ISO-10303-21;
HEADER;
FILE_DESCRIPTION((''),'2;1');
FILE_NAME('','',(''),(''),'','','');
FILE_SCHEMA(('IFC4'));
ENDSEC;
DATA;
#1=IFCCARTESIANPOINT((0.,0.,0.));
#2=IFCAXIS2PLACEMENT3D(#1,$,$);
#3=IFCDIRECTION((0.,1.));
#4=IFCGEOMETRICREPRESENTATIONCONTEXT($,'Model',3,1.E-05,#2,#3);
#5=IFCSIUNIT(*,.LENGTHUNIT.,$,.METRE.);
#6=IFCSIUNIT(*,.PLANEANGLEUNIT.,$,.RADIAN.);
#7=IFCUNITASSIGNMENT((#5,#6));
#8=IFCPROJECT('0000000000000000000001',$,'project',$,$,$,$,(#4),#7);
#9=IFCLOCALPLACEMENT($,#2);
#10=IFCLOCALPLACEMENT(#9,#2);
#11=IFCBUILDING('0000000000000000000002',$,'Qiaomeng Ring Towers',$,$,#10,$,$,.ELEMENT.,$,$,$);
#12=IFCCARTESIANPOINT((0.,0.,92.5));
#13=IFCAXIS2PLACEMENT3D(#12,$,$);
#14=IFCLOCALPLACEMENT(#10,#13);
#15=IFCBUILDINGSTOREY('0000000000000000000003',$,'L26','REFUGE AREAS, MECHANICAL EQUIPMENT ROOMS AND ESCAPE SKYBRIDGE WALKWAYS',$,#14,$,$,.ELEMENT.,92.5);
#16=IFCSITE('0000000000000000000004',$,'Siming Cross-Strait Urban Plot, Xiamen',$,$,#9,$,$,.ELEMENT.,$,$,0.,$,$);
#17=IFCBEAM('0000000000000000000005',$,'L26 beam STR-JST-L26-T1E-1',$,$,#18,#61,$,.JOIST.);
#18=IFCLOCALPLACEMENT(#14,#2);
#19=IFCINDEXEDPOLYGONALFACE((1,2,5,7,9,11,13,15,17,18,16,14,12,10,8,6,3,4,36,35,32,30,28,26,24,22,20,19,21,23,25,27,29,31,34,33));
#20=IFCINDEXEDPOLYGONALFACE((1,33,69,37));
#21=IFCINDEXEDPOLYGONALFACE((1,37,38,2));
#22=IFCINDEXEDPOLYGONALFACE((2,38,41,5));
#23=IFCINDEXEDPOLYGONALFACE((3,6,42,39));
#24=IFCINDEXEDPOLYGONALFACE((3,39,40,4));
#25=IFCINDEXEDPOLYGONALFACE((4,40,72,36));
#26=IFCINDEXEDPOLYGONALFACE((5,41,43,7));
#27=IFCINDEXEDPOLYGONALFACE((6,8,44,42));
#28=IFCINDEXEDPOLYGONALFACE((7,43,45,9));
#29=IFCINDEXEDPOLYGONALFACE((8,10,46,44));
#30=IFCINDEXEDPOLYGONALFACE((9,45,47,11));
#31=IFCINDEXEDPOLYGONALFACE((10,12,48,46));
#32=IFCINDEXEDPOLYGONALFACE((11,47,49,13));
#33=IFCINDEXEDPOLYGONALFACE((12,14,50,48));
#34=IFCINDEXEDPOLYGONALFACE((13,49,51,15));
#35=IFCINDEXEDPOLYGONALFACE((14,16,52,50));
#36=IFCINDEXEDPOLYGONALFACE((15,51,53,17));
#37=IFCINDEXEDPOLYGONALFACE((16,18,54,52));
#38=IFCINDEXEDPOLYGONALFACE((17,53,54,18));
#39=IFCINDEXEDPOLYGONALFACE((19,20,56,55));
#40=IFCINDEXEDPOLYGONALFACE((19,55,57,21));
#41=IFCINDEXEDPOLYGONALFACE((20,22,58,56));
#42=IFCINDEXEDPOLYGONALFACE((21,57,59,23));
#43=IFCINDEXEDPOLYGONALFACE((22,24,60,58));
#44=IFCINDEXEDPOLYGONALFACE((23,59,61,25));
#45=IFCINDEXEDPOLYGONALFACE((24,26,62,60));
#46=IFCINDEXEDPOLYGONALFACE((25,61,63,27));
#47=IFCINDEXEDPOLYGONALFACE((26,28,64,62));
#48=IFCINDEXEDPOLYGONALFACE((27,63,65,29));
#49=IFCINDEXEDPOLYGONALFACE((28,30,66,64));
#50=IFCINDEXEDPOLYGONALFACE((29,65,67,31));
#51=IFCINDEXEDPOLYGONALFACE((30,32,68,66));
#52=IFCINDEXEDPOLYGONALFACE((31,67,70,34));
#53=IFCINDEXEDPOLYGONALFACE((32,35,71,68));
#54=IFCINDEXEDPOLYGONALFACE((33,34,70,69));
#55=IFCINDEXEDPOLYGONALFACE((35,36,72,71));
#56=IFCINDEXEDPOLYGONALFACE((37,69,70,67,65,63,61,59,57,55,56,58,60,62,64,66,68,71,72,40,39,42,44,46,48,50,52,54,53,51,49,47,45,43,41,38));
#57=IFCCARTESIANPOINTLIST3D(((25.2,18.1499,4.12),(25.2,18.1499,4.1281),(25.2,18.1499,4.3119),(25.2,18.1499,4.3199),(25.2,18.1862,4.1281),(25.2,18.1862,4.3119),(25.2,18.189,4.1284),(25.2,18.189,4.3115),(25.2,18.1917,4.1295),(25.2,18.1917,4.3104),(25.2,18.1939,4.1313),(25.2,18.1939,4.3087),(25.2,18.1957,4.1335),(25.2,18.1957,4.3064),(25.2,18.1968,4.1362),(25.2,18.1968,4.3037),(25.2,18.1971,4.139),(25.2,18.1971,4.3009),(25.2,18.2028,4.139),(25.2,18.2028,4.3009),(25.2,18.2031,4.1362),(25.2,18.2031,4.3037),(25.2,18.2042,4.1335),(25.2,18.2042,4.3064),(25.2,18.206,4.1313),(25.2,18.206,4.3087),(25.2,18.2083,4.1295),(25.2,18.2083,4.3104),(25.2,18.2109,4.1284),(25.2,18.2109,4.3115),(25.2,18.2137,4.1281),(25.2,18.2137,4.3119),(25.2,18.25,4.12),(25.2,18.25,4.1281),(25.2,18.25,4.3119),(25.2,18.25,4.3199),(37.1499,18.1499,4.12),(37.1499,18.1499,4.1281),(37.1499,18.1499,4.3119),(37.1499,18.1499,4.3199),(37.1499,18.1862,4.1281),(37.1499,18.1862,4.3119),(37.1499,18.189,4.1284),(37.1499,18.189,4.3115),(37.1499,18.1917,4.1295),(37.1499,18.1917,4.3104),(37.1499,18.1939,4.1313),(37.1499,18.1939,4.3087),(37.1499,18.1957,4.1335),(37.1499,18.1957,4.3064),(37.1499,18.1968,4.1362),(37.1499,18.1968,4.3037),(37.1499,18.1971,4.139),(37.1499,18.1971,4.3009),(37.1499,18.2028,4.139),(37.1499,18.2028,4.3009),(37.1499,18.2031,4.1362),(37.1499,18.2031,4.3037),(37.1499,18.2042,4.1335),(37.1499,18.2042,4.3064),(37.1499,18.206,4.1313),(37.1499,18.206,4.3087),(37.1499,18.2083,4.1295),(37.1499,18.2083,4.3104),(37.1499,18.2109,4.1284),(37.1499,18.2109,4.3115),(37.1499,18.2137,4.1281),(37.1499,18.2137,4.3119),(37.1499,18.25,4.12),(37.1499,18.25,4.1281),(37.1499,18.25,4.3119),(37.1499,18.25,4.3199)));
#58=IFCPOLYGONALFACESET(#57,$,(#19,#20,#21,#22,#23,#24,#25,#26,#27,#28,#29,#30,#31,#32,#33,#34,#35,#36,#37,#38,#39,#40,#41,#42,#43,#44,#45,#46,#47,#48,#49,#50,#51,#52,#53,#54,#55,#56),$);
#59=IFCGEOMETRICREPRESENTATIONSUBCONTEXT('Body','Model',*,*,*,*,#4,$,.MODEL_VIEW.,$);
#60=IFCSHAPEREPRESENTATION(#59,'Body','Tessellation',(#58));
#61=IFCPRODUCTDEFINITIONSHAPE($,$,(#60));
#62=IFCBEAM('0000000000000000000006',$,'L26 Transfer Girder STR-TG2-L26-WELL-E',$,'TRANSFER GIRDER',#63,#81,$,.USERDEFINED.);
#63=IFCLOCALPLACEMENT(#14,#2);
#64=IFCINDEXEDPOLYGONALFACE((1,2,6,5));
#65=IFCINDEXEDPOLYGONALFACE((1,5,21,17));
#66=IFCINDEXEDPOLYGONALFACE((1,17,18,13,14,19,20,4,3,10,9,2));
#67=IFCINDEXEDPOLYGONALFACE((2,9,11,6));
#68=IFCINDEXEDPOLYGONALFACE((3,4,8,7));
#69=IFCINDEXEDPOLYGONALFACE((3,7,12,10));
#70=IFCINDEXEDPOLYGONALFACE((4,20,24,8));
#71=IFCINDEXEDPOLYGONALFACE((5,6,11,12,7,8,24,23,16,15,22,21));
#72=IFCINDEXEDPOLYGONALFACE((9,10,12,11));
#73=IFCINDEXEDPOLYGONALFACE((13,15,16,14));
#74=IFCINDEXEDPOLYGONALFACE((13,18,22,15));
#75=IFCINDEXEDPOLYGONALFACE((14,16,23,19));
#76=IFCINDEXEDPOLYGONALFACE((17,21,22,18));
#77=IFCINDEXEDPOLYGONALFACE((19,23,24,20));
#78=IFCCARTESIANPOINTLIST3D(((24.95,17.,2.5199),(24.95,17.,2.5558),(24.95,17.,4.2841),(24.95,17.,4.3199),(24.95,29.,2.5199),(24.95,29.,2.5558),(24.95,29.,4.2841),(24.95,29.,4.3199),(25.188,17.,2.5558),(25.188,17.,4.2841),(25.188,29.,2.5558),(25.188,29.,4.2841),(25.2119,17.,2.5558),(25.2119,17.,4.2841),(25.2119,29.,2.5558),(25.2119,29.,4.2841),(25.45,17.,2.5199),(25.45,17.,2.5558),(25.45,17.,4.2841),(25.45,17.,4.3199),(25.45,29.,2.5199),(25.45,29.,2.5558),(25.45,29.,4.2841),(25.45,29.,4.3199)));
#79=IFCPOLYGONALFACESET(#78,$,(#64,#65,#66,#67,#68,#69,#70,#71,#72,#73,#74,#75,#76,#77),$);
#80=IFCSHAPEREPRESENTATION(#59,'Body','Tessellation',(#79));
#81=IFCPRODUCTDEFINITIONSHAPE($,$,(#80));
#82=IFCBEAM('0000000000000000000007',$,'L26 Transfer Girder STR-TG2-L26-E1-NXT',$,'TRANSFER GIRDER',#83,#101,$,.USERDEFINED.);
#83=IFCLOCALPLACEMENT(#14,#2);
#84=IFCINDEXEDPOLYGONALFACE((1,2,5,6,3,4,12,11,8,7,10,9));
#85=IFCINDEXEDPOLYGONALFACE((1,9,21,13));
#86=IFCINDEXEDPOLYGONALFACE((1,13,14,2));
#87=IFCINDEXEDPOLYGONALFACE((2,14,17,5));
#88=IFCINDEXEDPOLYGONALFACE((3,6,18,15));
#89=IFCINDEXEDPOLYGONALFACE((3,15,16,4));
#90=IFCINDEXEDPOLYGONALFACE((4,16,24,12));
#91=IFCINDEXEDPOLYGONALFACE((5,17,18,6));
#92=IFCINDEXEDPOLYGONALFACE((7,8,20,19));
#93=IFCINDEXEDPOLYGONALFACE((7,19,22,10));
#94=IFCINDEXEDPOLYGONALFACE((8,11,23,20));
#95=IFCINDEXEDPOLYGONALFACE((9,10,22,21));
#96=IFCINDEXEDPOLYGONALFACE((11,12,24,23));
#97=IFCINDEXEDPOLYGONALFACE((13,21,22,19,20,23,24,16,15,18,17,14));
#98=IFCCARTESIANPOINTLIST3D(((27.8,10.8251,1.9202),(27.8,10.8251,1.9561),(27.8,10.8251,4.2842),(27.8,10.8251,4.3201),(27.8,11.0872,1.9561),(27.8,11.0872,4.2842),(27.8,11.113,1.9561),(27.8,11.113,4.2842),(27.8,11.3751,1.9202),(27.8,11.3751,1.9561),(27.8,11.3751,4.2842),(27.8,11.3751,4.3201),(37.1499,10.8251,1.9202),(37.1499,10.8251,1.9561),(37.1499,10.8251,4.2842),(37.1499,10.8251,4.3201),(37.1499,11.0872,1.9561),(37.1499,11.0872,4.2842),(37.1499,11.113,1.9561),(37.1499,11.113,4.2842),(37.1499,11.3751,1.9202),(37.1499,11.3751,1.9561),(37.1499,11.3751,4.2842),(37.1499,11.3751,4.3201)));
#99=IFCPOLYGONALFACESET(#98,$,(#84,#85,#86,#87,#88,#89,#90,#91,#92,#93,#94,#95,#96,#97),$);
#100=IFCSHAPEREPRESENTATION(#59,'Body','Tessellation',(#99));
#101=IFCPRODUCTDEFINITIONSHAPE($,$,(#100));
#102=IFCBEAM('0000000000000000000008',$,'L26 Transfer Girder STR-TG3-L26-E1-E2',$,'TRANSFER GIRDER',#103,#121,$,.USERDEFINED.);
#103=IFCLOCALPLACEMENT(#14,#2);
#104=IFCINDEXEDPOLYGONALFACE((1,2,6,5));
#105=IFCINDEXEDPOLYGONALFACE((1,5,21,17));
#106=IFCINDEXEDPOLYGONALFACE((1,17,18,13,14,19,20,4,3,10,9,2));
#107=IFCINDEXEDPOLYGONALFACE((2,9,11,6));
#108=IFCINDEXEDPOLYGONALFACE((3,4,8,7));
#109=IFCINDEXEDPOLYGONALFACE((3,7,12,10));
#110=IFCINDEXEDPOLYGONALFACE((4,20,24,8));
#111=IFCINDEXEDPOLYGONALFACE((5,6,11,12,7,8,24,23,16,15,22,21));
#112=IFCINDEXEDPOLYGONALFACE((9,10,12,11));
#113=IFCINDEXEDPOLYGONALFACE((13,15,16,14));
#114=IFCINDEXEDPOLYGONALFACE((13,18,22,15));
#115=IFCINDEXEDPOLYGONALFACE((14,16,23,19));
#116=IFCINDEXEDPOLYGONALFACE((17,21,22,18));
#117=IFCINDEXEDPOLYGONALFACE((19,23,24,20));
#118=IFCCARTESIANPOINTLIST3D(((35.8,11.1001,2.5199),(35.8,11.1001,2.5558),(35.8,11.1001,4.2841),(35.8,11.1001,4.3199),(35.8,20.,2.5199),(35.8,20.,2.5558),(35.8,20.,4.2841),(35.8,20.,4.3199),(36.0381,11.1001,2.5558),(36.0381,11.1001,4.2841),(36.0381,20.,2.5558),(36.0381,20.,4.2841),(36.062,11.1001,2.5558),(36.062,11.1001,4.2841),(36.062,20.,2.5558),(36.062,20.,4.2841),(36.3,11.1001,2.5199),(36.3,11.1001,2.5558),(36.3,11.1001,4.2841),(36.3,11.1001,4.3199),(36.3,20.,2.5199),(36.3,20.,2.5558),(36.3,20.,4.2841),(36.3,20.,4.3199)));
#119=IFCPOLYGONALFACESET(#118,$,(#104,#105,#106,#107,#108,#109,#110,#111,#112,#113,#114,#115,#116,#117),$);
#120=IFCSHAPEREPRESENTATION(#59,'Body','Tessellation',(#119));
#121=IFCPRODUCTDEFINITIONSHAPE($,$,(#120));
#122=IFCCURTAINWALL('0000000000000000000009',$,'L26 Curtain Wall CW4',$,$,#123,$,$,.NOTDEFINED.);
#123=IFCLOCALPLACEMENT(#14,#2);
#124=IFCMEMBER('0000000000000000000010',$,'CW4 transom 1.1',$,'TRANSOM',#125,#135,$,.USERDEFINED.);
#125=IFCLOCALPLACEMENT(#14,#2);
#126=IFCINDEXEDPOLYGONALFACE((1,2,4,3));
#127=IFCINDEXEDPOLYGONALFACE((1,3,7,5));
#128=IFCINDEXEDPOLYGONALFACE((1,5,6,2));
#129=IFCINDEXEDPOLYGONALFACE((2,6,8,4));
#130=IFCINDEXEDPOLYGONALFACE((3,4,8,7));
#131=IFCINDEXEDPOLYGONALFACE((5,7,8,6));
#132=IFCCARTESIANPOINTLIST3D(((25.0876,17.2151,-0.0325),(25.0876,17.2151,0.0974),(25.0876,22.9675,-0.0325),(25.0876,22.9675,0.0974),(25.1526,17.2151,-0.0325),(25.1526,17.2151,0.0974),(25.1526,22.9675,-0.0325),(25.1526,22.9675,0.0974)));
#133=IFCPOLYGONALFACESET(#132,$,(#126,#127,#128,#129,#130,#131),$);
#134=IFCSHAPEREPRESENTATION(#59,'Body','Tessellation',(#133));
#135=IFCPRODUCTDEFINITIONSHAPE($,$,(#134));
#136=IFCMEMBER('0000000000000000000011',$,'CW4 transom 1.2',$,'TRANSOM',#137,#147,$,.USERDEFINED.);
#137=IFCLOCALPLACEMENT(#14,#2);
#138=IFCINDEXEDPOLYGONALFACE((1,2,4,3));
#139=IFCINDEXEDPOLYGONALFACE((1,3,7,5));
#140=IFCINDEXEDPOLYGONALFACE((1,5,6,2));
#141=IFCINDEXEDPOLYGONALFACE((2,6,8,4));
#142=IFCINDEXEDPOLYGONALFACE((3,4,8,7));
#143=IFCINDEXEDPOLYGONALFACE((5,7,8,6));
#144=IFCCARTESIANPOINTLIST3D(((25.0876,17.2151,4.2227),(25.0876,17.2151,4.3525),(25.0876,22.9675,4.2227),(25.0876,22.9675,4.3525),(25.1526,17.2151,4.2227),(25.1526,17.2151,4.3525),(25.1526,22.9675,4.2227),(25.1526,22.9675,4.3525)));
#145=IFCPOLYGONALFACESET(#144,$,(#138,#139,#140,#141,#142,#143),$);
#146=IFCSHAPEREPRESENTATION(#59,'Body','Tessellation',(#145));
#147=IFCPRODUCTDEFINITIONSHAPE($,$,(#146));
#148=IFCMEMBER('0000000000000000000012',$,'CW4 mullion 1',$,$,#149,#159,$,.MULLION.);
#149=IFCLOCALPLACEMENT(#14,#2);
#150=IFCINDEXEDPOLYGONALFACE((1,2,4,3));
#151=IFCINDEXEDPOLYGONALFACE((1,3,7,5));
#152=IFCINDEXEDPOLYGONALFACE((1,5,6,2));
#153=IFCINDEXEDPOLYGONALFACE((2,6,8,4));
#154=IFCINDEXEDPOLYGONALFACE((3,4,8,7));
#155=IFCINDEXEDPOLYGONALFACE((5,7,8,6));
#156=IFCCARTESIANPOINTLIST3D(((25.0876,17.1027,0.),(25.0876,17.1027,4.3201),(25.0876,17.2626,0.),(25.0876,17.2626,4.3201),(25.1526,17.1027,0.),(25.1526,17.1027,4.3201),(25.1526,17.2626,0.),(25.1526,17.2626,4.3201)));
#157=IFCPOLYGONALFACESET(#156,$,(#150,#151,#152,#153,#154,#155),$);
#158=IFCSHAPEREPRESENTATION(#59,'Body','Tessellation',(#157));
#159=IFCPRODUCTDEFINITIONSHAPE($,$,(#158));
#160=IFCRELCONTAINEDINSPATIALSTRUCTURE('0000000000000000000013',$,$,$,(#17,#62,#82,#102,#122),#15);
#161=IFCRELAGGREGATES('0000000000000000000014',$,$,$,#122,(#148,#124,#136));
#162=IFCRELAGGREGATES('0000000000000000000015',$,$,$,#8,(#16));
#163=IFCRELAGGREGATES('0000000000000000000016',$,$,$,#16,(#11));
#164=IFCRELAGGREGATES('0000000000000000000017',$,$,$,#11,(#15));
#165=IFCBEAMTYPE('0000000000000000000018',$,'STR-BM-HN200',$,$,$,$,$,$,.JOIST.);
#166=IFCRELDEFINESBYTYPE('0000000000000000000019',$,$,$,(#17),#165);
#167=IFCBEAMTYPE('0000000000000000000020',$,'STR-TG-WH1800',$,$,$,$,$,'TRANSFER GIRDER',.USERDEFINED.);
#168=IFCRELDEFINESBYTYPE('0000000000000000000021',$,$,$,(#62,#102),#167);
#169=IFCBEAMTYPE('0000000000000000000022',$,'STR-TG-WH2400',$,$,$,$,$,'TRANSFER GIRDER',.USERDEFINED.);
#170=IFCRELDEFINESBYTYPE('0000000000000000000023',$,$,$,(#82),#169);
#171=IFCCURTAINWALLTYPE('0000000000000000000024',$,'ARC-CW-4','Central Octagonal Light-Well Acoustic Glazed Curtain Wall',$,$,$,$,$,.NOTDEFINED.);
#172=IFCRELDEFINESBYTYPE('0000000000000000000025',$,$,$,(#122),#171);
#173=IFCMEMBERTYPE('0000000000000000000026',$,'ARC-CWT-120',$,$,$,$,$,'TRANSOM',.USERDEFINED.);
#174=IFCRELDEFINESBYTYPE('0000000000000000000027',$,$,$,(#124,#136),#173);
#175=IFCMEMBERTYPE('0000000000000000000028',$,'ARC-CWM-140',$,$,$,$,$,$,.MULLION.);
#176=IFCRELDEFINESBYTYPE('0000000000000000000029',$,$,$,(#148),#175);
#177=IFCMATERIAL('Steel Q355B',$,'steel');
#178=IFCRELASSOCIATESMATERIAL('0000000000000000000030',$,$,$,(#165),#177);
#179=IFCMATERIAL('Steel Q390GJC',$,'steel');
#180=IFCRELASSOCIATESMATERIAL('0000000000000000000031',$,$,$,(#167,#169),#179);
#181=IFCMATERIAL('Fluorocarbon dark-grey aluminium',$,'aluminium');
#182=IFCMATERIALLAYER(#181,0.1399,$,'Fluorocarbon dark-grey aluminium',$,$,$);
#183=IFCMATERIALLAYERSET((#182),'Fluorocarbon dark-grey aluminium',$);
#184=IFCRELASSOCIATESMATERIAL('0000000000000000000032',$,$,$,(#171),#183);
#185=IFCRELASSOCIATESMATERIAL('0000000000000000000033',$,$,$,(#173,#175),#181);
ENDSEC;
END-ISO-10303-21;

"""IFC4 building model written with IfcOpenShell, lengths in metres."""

from ifc_helpers import new_model, si_unit, direction, frame, origin, origin_2d, place, context, subcontext, project, spatial, rectangle, i_section, extrude, source, transform, mapped, material, layer, layer_set, material_profile, profile_set, type_object, element, aggregate, save


model = new_model("IFC4")

# Units and contexts
model_context = context("Model", 3, precision=1e-05, world=origin(), true_north=direction((0.0, 1.0)))
body_context = subcontext(model_context, "Body", "Model", "MODEL_VIEW")
ifc_project = project(units=[si_unit("LENGTHUNIT", "METRE"), si_unit("PLANEANGLEUNIT", "RADIAN")], contexts=[model_context])

# Site, building, storey
site_placement = place(None, origin())
site = spatial("IfcSite", under=ifc_project, at=site_placement, Name="Siming Cross-Strait Urban Plot, Xiamen", CompositionType="ELEMENT", RefElevation=0.0)
building_placement = place(site_placement, origin())
building = spatial("IfcBuilding", under=site, at=building_placement, Name="Qiaomeng Ring Towers", CompositionType="ELEMENT")
storey_placement = place(building_placement, frame((0.0, 0.0, 92.5)))
storey = spatial("IfcBuildingStorey", under=building, at=storey_placement, Name="L26", Description="REFUGE AREAS, MECHANICAL EQUIPMENT ROOMS AND ESCAPE SKYBRIDGE WALKWAYS", CompositionType="ELEMENT", Elevation=92.5)

# Beams
ifc_material_1 = material(Name="Steel Q355B", Category="steel")
ifc_material_profile_1 = material_profile(ifc_material_1, i_section(OverallWidth=0.1001, OverallDepth=0.2, WebThickness=0.0056, FlangeThickness=0.0081, FilletRadius=0.011, at=origin_2d()), Name="HN 200x100x5.5x8")
ifc_profile_set_1 = profile_set([ifc_material_profile_1], Name="Steel Q355B")
beam_type_1 = type_object("IfcBeamType", Name="STR-BM-HN200", PredefinedType="JOIST", material=ifc_profile_set_1)
shared_shape_1 = source(origin(), body_context, "Body", "SweptSolid", [
    extrude(i_section(OverallWidth=0.1001, OverallDepth=0.2, WebThickness=0.0056, FlangeThickness=0.0081, FilletRadius=0.011, at=origin_2d()), origin(), (0.0, 0.0, 1.0), 11.95),
])
beam_1_placement = place(storey_placement, frame((25.2, 18.2, 4.22), z_axis=(1.0, 0.0, 0.0), x_axis=(0.0, 1.0, 0.0)))
element("IfcBeam", 1, at=beam_1_placement, inside=storey, type_object=beam_type_1, Name="L26 beam STR-JST-L26-T1E-1", PredefinedType="JOIST", context=body_context, shape_type="MappedRepresentation", body=[
    mapped(shared_shape_1, transform((0.0, 0.0, 0.0), x_axis=(1.0, 0.0, 0.0), y_axis=(0.0, 1.0, 0.0), z_axis=(0.0, 0.0, 1.0), scale=1.0)),
])
ifc_material_2 = material(Name="Steel Q390GJC", Category="steel")
ifc_material_profile_2 = material_profile(ifc_material_2, i_section(OverallWidth=0.5, OverallDepth=1.8, WebThickness=0.0239, FlangeThickness=0.0359, at=origin_2d()), Name="WH 1800x500x24x36")
ifc_profile_set_2 = profile_set([ifc_material_profile_2], Name="Steel Q390GJC")
beam_type_2 = type_object("IfcBeamType", Name="STR-TG-WH1800", ElementType="TRANSFER GIRDER", PredefinedType="USERDEFINED", material=ifc_profile_set_2)
shared_shape_2 = source(origin(), body_context, "Body", "SweptSolid", [
    extrude(i_section(OverallWidth=0.5, OverallDepth=1.8, WebThickness=0.0239, FlangeThickness=0.0359, at=origin_2d()), origin(), (0.0, 0.0, 1.0), 12.0),
])
beam_2_placement = place(storey_placement, frame((25.2, 17.0, 3.4199), z_axis=(0.0, 1.0, 0.0), x_axis=(-1.0, 0.0, 0.0)))
element("IfcBeam", 2, at=beam_2_placement, inside=storey, type_object=beam_type_2, Name="L26 Transfer Girder STR-TG2-L26-WELL-E", ObjectType="TRANSFER GIRDER", PredefinedType="USERDEFINED", context=body_context, shape_type="MappedRepresentation", body=[
    mapped(shared_shape_2, transform((0.0, 0.0, 0.0), x_axis=(1.0, 0.0, 0.0), y_axis=(0.0, 1.0, 0.0), z_axis=(0.0, 0.0, 1.0), scale=1.0)),
])
ifc_material_profile_3 = material_profile(ifc_material_2, i_section(OverallWidth=0.55, OverallDepth=2.3999, WebThickness=0.0259, FlangeThickness=0.0359, at=origin_2d()), Name="WH 2400x550x26x36")
ifc_profile_set_3 = profile_set([ifc_material_profile_3], Name="Steel Q390GJC")
beam_type_3 = type_object("IfcBeamType", Name="STR-TG-WH2400", ElementType="TRANSFER GIRDER", PredefinedType="USERDEFINED", material=ifc_profile_set_3)
shared_shape_3 = source(origin(), body_context, "Body", "SweptSolid", [
    extrude(i_section(OverallWidth=0.55, OverallDepth=2.3999, WebThickness=0.0259, FlangeThickness=0.0359, at=origin_2d()), origin(), (0.0, 0.0, 1.0), 9.3499),
])
beam_3_placement = place(storey_placement, frame((27.8, 11.1001, 3.1201), z_axis=(1.0, 0.0, 0.0), x_axis=(0.0, 1.0, 0.0)))
element("IfcBeam", 3, at=beam_3_placement, inside=storey, type_object=beam_type_3, Name="L26 Transfer Girder STR-TG2-L26-E1-NXT", ObjectType="TRANSFER GIRDER", PredefinedType="USERDEFINED", context=body_context, shape_type="MappedRepresentation", body=[
    mapped(shared_shape_3, transform((0.0, 0.0, 0.0), x_axis=(1.0, 0.0, 0.0), y_axis=(0.0, 1.0, 0.0), z_axis=(0.0, 0.0, 1.0), scale=1.0)),
])
shared_shape_4 = source(origin(), body_context, "Body", "SweptSolid", [
    extrude(i_section(OverallWidth=0.5, OverallDepth=1.8, WebThickness=0.0239, FlangeThickness=0.0359, at=origin_2d()), origin(), (0.0, 0.0, 1.0), 8.8999),
])
beam_4_placement = place(storey_placement, frame((36.05, 11.1001, 3.4199), z_axis=(0.0, 1.0, 0.0), x_axis=(-1.0, 0.0, 0.0)))
element("IfcBeam", 4, at=beam_4_placement, inside=storey, type_object=beam_type_2, Name="L26 Transfer Girder STR-TG3-L26-E1-E2", ObjectType="TRANSFER GIRDER", PredefinedType="USERDEFINED", context=body_context, shape_type="MappedRepresentation", body=[
    mapped(shared_shape_4, transform((0.0, 0.0, 0.0), x_axis=(1.0, 0.0, 0.0), y_axis=(0.0, 1.0, 0.0), z_axis=(0.0, 0.0, 1.0), scale=1.0)),
])

# Curtain wall, members
ifc_material_3 = material(Name="Fluorocarbon dark-grey aluminium", Category="aluminium")
ifc_layer_1 = layer(ifc_material_3, 0.1399, Name="Fluorocarbon dark-grey aluminium")
ifc_layer_set_1 = layer_set([ifc_layer_1], Name="Fluorocarbon dark-grey aluminium")
curtain_wall_type = type_object("IfcCurtainWallType", Name="ARC-CW-4", Description="Central Octagonal Light-Well Acoustic Glazed Curtain Wall", PredefinedType="NOTDEFINED", material=ifc_layer_set_1)
curtain_wall_placement = place(storey_placement, origin())
curtain_wall = element("IfcCurtainWall", 5, at=curtain_wall_placement, inside=storey, type_object=curtain_wall_type, Name="L26 Curtain Wall CW4", PredefinedType="NOTDEFINED")
ifc_material_profile_4 = material_profile(ifc_material_3, rectangle(XDim=0.0649, YDim=0.1299, at=origin_2d()), Name="ALU TRAN 65x130")
ifc_profile_set_4 = profile_set([ifc_material_profile_4], Name="Fluorocarbon dark-grey aluminium")
member_type_1 = type_object("IfcMemberType", Name="ARC-CWT-120", ElementType="TRANSOM", PredefinedType="USERDEFINED", material=ifc_profile_set_4)
shared_shape_5 = source(origin(), body_context, "Body", "SweptSolid", [
    extrude(rectangle(XDim=0.0649, YDim=0.1299, at=origin_2d()), origin(), (0.0, 0.0, 1.0), 5.7524),
])
member_1_placement = place(storey_placement, frame((25.1201, 17.2151, 0.0325), z_axis=(0.0, 1.0, 0.0), x_axis=(-1.0, 0.0, 0.0)))
member_1 = element("IfcMember", 6, at=member_1_placement, type_object=member_type_1, Name="CW4 transom 1.1", ObjectType="TRANSOM", PredefinedType="USERDEFINED", context=body_context, shape_type="MappedRepresentation", body=[
    mapped(shared_shape_5, transform((0.0, 0.0, 0.0), x_axis=(1.0, 0.0, 0.0), y_axis=(0.0, 1.0, 0.0), z_axis=(0.0, 0.0, 1.0), scale=1.0)),
])
member_2_placement = place(storey_placement, frame((25.1201, 17.2151, 4.2876), z_axis=(0.0, 1.0, 0.0), x_axis=(-1.0, 0.0, 0.0)))
member_2 = element("IfcMember", 7, at=member_2_placement, type_object=member_type_1, Name="CW4 transom 1.2", ObjectType="TRANSOM", PredefinedType="USERDEFINED", context=body_context, shape_type="MappedRepresentation", body=[
    mapped(shared_shape_5, transform((0.0, 0.0, 0.0), x_axis=(1.0, 0.0, 0.0), y_axis=(0.0, 1.0, 0.0), z_axis=(0.0, 0.0, 1.0), scale=1.0)),
])
ifc_material_profile_5 = material_profile(ifc_material_3, rectangle(XDim=0.0649, YDim=0.1599, at=origin_2d()), Name="ALU MULL 65x160")
ifc_profile_set_5 = profile_set([ifc_material_profile_5], Name="Fluorocarbon dark-grey aluminium")
member_type_2 = type_object("IfcMemberType", Name="ARC-CWM-140", PredefinedType="MULLION", material=ifc_profile_set_5)
shared_shape_6 = source(origin(), body_context, "Body", "SweptSolid", [
    extrude(rectangle(XDim=0.0649, YDim=0.1599, at=origin_2d()), origin(), (0.0, 0.0, 1.0), 4.3201),
])
member_3_placement = place(storey_placement, frame((25.1201, 17.1826, 0.0), z_axis=(0.0, 0.0, 1.0), x_axis=(-1.0, 0.0, 0.0)))
member_3 = element("IfcMember", 8, at=member_3_placement, type_object=member_type_2, Name="CW4 mullion 1", PredefinedType="MULLION", context=body_context, shape_type="MappedRepresentation", body=[
    mapped(shared_shape_6, transform((0.0, 0.0, 0.0), x_axis=(1.0, 0.0, 0.0), y_axis=(0.0, 1.0, 0.0), z_axis=(0.0, 0.0, 1.0), scale=1.0)),
])
aggregate(curtain_wall, [member_3, member_1, member_2])

save(model, "model.ifc")
